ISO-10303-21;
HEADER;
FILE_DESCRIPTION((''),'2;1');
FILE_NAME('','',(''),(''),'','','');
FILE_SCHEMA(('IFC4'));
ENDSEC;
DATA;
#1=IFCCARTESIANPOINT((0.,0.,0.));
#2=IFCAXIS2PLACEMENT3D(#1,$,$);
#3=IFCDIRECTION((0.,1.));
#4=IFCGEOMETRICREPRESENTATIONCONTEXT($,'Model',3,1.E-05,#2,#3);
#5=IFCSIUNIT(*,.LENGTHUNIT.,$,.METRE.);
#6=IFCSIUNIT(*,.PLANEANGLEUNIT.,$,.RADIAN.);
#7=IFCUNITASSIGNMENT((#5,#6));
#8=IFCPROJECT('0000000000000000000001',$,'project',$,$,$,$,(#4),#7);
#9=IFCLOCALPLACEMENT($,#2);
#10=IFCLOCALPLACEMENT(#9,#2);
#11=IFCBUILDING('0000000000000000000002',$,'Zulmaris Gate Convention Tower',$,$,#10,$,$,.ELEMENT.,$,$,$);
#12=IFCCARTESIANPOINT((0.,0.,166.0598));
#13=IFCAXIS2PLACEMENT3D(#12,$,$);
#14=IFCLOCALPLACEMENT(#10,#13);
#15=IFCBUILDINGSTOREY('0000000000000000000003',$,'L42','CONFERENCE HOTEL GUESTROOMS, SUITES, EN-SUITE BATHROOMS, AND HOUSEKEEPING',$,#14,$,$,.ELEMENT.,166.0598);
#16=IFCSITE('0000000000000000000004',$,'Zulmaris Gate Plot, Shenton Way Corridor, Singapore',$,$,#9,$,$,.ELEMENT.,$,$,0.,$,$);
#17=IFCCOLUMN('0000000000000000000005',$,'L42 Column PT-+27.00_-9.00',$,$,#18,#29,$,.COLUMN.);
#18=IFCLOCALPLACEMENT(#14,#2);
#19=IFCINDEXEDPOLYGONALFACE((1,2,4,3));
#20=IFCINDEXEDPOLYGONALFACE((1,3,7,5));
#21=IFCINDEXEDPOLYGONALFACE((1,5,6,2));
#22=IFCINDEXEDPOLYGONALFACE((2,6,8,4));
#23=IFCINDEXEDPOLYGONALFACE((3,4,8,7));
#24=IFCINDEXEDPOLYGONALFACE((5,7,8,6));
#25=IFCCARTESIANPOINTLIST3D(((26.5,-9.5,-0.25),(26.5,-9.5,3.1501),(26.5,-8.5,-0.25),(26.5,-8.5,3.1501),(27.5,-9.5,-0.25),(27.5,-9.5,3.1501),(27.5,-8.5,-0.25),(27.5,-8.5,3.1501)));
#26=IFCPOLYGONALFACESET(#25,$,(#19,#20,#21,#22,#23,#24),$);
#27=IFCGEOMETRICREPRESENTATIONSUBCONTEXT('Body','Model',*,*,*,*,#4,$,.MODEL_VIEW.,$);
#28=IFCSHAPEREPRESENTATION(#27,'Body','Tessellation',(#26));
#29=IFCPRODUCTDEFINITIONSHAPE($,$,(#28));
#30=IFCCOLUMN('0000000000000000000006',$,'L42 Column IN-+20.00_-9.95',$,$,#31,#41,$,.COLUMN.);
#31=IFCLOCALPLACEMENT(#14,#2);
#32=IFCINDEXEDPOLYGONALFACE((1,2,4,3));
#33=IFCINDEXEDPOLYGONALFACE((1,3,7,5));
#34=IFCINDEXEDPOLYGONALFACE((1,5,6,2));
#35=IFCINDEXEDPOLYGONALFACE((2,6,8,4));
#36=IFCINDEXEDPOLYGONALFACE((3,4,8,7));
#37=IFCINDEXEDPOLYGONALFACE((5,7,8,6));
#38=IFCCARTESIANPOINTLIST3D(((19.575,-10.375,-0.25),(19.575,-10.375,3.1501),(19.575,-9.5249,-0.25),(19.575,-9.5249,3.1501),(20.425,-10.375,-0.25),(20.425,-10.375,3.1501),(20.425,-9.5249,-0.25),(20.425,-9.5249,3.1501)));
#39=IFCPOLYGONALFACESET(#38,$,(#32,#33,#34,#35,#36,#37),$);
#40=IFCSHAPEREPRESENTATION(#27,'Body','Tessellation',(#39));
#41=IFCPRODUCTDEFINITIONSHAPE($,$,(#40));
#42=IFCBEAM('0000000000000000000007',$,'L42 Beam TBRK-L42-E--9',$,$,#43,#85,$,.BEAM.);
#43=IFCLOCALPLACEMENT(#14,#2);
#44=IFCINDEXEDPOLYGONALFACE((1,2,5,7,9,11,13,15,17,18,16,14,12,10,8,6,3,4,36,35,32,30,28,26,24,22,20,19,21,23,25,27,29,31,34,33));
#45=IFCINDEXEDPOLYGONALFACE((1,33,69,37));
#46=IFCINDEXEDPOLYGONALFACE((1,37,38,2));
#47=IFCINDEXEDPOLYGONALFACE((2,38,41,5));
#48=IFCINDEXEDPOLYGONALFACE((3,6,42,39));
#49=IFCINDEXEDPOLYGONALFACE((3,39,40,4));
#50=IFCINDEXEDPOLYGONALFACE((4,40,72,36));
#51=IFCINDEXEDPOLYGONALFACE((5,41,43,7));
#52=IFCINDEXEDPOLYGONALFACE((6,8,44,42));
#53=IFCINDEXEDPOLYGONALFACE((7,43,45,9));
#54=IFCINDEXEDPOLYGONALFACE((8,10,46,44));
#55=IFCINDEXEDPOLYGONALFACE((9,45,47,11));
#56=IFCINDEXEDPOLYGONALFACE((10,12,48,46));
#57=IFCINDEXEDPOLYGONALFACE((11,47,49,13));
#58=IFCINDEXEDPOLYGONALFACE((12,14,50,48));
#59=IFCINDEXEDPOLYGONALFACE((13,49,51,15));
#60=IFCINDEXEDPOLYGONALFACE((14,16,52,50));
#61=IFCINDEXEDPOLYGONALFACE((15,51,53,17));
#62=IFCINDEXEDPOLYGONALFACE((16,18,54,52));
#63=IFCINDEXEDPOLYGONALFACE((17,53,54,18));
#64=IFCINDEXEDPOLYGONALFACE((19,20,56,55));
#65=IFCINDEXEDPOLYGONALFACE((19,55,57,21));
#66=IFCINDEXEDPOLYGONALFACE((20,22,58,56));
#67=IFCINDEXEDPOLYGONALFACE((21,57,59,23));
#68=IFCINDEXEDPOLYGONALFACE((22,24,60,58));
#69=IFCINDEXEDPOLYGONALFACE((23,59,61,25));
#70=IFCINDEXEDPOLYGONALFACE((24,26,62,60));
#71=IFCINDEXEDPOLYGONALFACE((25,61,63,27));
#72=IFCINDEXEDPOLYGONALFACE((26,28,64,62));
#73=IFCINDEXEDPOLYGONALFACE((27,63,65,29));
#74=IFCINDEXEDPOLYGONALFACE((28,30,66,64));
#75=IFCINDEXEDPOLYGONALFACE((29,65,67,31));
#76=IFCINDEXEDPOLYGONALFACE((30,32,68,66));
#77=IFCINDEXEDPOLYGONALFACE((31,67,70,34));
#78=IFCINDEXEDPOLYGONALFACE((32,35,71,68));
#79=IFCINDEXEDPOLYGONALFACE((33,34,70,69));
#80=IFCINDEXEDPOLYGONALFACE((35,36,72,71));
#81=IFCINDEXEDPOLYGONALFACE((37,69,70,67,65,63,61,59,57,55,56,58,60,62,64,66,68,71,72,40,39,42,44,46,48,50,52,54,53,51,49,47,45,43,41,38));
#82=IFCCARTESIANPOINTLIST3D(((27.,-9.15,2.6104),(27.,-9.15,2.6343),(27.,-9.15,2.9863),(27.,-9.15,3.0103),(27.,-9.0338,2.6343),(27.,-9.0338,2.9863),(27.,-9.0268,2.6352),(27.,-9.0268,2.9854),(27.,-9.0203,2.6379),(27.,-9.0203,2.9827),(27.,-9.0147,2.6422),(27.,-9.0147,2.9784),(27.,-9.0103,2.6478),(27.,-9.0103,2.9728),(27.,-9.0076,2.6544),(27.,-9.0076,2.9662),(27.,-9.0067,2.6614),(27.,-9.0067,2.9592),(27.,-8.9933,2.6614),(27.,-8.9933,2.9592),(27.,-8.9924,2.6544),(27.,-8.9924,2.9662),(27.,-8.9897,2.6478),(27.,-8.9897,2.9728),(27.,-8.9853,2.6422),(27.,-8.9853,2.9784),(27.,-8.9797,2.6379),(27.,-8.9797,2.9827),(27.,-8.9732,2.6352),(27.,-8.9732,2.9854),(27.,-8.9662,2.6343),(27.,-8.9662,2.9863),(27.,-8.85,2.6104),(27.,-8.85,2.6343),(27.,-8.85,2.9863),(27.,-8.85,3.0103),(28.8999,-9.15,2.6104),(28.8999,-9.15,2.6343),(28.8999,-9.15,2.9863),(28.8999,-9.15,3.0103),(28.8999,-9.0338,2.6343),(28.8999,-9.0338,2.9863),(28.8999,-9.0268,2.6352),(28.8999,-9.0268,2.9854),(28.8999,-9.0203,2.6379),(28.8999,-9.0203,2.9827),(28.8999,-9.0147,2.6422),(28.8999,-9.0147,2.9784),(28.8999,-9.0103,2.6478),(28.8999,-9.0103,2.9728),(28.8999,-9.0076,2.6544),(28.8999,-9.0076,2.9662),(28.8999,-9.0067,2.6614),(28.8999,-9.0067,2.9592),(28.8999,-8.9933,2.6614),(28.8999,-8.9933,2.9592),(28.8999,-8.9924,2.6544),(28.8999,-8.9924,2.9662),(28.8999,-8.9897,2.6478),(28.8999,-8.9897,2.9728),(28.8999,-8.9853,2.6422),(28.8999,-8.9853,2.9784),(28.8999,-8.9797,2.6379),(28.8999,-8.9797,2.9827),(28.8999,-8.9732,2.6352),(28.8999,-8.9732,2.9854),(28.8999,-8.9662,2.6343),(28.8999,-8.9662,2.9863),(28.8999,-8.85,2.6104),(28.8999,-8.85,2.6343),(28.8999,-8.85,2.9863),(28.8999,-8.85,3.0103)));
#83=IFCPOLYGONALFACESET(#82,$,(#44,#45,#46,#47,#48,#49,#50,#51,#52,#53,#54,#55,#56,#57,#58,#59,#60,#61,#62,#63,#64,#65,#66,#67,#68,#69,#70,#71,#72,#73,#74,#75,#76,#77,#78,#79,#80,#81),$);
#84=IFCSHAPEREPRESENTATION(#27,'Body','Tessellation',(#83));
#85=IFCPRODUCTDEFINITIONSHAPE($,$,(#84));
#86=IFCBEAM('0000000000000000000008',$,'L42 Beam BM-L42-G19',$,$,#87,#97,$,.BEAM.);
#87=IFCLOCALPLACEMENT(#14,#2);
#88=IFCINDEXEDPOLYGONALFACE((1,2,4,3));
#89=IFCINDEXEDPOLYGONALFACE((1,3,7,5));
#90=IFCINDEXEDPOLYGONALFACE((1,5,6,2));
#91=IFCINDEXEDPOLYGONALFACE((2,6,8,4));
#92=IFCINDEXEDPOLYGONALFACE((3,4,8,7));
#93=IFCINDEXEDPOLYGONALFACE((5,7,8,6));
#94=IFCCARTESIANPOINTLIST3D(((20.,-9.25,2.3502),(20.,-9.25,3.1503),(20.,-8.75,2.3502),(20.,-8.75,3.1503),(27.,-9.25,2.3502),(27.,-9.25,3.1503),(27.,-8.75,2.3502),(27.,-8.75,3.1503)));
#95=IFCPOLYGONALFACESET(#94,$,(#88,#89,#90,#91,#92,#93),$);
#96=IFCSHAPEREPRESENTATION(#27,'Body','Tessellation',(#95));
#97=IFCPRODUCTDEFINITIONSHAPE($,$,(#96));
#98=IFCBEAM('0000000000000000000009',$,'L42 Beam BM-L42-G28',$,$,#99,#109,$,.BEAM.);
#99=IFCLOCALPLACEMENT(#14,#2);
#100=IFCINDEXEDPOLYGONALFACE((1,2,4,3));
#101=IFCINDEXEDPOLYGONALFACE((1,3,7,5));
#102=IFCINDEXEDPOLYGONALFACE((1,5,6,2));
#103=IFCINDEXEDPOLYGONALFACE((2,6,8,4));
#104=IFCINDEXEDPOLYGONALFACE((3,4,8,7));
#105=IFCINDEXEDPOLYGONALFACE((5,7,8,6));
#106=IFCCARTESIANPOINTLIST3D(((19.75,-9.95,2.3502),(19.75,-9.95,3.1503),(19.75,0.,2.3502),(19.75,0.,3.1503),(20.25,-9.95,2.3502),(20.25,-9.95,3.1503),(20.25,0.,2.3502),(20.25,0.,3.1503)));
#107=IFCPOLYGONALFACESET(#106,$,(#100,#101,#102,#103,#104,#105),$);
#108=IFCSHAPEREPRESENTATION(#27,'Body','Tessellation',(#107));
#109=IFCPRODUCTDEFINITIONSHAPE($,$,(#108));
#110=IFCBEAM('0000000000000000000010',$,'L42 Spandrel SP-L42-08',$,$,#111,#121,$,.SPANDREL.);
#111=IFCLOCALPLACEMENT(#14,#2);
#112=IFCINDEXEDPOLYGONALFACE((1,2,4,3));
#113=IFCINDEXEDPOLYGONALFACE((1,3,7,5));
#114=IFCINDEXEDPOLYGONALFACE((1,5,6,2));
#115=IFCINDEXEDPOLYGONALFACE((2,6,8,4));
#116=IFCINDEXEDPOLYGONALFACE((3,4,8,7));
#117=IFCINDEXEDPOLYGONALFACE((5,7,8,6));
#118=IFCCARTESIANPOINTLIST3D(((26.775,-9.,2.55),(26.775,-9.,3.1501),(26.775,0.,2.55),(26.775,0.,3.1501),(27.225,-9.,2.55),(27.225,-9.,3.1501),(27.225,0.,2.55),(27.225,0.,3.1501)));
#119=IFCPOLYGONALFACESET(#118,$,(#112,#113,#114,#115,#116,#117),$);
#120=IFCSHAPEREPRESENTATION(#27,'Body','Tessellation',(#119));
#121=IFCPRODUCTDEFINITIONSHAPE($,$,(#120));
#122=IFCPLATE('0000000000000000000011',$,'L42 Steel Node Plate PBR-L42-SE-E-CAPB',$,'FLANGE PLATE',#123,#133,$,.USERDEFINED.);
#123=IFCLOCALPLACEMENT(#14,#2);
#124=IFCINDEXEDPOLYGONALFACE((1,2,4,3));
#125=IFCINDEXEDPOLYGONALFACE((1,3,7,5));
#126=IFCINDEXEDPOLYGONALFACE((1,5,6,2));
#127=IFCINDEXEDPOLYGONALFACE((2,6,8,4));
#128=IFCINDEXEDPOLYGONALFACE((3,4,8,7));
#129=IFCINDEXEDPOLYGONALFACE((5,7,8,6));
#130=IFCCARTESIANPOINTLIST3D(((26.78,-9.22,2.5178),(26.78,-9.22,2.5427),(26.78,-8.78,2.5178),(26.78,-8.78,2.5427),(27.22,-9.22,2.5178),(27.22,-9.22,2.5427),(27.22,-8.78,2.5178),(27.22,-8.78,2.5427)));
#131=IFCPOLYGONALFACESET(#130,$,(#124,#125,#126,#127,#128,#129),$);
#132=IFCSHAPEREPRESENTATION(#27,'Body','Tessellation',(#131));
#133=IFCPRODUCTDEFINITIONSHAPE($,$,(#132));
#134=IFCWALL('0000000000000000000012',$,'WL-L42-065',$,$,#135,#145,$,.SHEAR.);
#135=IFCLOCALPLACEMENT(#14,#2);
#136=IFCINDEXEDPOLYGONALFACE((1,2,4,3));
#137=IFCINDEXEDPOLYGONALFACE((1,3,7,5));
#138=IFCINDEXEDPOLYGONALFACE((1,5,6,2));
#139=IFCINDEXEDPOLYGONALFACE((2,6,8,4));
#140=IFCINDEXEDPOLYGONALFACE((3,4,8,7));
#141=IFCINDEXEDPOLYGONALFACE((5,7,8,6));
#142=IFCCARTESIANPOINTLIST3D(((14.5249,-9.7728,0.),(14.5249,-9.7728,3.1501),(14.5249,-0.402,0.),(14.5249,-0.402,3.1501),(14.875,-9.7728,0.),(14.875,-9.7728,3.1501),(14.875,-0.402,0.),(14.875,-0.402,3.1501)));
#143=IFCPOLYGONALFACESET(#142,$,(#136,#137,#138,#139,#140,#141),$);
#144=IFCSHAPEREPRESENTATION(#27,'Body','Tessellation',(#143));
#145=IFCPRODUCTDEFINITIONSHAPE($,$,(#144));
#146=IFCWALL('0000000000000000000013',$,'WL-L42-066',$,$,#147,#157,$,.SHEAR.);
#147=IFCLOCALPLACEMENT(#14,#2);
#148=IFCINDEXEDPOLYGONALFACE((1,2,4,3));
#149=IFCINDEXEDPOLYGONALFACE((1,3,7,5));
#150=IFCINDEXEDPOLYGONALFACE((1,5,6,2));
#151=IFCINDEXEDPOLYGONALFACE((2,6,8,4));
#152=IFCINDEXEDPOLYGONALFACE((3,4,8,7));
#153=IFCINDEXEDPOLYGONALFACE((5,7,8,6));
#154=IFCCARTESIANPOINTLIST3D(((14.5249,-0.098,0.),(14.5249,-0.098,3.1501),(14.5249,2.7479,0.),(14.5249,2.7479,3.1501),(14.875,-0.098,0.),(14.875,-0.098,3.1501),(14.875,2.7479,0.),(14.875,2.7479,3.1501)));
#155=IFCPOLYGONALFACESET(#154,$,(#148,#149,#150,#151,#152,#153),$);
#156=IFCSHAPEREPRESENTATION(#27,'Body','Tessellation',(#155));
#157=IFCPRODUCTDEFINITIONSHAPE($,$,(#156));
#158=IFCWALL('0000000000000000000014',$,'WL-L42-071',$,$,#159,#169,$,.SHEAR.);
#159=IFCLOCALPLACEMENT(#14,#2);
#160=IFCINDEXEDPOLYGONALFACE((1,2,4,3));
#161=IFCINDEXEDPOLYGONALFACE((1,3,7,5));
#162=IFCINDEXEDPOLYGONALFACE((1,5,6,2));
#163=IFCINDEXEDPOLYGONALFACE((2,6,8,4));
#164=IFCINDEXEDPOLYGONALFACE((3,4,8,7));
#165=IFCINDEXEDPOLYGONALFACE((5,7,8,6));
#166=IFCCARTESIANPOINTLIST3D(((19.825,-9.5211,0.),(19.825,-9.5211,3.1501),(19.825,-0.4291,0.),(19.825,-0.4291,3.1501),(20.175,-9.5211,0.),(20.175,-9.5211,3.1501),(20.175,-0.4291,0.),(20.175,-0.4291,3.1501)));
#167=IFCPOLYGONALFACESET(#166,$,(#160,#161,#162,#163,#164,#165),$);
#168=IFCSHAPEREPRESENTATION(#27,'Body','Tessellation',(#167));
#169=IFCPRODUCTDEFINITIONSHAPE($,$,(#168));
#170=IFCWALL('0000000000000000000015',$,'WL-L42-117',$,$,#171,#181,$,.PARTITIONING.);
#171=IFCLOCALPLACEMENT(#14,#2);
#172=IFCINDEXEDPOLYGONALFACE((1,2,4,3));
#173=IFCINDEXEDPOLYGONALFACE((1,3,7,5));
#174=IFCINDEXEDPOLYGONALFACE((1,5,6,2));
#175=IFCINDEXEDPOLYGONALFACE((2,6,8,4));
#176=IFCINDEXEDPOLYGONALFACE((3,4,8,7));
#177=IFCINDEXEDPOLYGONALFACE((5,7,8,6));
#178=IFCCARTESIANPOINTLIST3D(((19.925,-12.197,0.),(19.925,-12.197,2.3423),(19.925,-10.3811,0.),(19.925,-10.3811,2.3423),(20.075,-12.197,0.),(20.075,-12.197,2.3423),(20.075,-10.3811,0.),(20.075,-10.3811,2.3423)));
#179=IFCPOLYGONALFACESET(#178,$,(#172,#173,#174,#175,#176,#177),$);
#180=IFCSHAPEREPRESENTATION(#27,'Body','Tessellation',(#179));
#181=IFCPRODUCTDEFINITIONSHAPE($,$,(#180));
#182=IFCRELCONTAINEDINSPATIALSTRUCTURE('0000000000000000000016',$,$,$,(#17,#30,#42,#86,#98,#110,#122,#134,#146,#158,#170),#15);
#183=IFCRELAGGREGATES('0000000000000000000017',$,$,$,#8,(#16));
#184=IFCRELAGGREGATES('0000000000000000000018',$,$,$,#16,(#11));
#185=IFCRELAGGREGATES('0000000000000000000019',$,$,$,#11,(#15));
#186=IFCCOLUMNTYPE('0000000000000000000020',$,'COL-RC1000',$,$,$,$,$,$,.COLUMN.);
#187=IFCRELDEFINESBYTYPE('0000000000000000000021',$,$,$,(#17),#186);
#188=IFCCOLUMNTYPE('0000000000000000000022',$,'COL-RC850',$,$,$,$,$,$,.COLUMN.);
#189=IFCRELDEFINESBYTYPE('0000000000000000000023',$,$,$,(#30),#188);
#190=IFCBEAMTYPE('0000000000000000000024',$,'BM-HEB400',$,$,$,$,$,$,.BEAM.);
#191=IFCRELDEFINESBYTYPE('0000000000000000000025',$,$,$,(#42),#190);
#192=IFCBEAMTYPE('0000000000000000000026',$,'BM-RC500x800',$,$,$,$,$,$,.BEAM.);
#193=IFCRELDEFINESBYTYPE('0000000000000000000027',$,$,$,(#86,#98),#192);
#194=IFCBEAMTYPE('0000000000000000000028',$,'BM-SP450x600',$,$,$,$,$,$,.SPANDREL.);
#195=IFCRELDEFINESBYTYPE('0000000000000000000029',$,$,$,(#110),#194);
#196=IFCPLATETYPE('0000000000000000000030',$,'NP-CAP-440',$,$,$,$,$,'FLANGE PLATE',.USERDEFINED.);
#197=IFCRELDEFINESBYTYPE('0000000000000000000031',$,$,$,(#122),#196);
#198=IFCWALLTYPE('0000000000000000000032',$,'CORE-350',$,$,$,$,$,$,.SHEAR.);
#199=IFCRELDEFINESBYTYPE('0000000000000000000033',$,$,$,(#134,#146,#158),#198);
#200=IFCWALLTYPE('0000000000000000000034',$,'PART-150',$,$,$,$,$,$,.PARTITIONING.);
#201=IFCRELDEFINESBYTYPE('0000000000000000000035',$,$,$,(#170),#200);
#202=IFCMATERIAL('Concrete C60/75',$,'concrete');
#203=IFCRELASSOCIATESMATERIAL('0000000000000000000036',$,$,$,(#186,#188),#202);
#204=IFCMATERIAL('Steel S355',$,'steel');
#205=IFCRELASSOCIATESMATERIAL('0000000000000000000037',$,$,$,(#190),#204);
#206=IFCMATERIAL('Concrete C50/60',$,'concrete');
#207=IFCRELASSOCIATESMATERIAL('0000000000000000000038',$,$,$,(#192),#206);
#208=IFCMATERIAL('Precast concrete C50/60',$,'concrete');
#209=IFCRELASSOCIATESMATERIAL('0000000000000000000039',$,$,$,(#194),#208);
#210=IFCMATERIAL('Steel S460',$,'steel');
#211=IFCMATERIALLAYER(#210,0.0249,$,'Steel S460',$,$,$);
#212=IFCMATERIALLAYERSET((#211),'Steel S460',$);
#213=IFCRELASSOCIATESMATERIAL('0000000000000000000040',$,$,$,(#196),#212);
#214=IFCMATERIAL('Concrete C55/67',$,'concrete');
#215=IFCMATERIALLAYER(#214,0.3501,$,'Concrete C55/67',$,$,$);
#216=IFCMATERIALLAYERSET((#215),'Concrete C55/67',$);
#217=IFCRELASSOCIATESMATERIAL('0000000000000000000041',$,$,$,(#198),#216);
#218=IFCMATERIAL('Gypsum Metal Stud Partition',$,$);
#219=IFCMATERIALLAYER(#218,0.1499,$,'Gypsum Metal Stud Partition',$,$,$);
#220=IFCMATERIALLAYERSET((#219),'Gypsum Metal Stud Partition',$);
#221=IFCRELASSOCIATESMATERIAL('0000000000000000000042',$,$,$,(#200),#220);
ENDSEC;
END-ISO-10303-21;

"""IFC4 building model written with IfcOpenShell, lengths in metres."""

from ifc_helpers import new_model, si_unit, direction, frame, frame_2d, origin, origin_2d, place, context, subcontext, project, spatial, rectangle, i_section, extrude, material, layer, layer_set, material_profile, profile_set, type_object, element, save


model = new_model("IFC4")

# Units and contexts
model_context = context("Model", 3, precision=1e-05, world=origin(), true_north=direction((0.0, 1.0)))
body_context = subcontext(model_context, "Body", "Model", "MODEL_VIEW")
ifc_project = project(units=[si_unit("LENGTHUNIT", "METRE"), si_unit("PLANEANGLEUNIT", "RADIAN")], contexts=[model_context])

# Site, building, storey
site_placement = place(None, origin())
site = spatial("IfcSite", under=ifc_project, at=site_placement, Name="Zulmaris Gate Plot, Shenton Way Corridor, Singapore", CompositionType="ELEMENT", RefElevation=0.0)
building_placement = place(site_placement, origin())
building = spatial("IfcBuilding", under=site, at=building_placement, Name="Zulmaris Gate Convention Tower", CompositionType="ELEMENT")
storey_placement = place(building_placement, frame((0.0, 0.0, 166.0598)))
storey = spatial("IfcBuildingStorey", under=building, at=storey_placement, Name="L42", Description="CONFERENCE HOTEL GUESTROOMS, SUITES, EN-SUITE BATHROOMS, AND HOUSEKEEPING", CompositionType="ELEMENT", Elevation=166.0598)

# Columns
ifc_material_1 = material(Name="Concrete C60/75", Category="concrete")
ifc_material_profile_1 = material_profile(ifc_material_1, rectangle(XDim=1.0, YDim=1.0, at=origin_2d()), Name="RC COL 1000x1000")
ifc_profile_set_1 = profile_set([ifc_material_profile_1], Name="Concrete C60/75")
column_type_1 = type_object("IfcColumnType", Name="COL-RC1000", PredefinedType="COLUMN", material=ifc_profile_set_1)
column_1_placement = place(storey_placement, frame((27.0, -9.0, -0.25), z_axis=(0.0, 0.0, 1.0), x_axis=(1.0, 0.0, 0.0)))
element("IfcColumn", 1, at=column_1_placement, inside=storey, type_object=column_type_1, Name="L42 Column PT-+27.00_-9.00", PredefinedType="COLUMN", context=body_context, shape_type="SweptSolid", body=[
    extrude(rectangle(XDim=1.0, YDim=1.0, at=origin_2d()), origin(), (0.0, 0.0, 1.0), 3.4001),
])
ifc_material_profile_2 = material_profile(ifc_material_1, rectangle(XDim=0.8501, YDim=0.8501, at=origin_2d()), Name="RC COL 850x850")
ifc_profile_set_2 = profile_set([ifc_material_profile_2], Name="Concrete C60/75")
column_type_2 = type_object("IfcColumnType", Name="COL-RC850", PredefinedType="COLUMN", material=ifc_profile_set_2)
column_2_placement = place(storey_placement, frame((20.0, -9.95, -0.25), z_axis=(0.0, 0.0, 1.0), x_axis=(1.0, 0.0, 0.0)))
element("IfcColumn", 2, at=column_2_placement, inside=storey, type_object=column_type_2, Name="L42 Column IN-+20.00_-9.95", PredefinedType="COLUMN", context=body_context, shape_type="SweptSolid", body=[
    extrude(rectangle(XDim=0.8501, YDim=0.8501, at=origin_2d()), origin(), (0.0, 0.0, 1.0), 3.4001),
])

# Beams
ifc_material_2 = material(Name="Steel S355", Category="steel")
ifc_material_profile_3 = material_profile(ifc_material_2, i_section(OverallWidth=0.3, OverallDepth=0.3999, WebThickness=0.0134, FlangeThickness=0.0239, FilletRadius=0.0271, at=origin_2d()), Name="HEB 400")
ifc_profile_set_3 = profile_set([ifc_material_profile_3], Name="Steel S355")
beam_type_1 = type_object("IfcBeamType", Name="BM-HEB400", PredefinedType="BEAM", material=ifc_profile_set_3)
beam_1_placement = place(storey_placement, frame((27.0, -9.0, 2.8103), z_axis=(1.0, 0.0, 0.0), x_axis=(0.0, 1.0, 0.0)))
element("IfcBeam", 3, at=beam_1_placement, inside=storey, type_object=beam_type_1, Name="L42 Beam TBRK-L42-E--9", PredefinedType="BEAM", context=body_context, shape_type="SweptSolid", body=[
    extrude(i_section(OverallWidth=0.3, OverallDepth=0.3999, WebThickness=0.0134, FlangeThickness=0.0239, FilletRadius=0.0271, at=origin_2d()), origin(), (0.0, 0.0, 1.0), 1.8999),
])
ifc_material_3 = material(Name="Concrete C50/60", Category="concrete")
ifc_material_profile_4 = material_profile(ifc_material_3, rectangle(XDim=0.5, YDim=0.8, at=origin_2d()), Name="RC BEAM 500x800")
ifc_profile_set_4 = profile_set([ifc_material_profile_4], Name="Concrete C50/60")
beam_type_2 = type_object("IfcBeamType", Name="BM-RC500x800", PredefinedType="BEAM", material=ifc_profile_set_4)
beam_2_placement = place(storey_placement, frame((20.0, -9.0, 2.7502), z_axis=(1.0, 0.0, 0.0), x_axis=(0.0, 1.0, 0.0)))
element("IfcBeam", 4, at=beam_2_placement, inside=storey, type_object=beam_type_2, Name="L42 Beam BM-L42-G19", PredefinedType="BEAM", context=body_context, shape_type="SweptSolid", body=[
    extrude(rectangle(XDim=0.5, YDim=0.8, at=origin_2d()), origin(), (0.0, 0.0, 1.0), 7.0),
])
beam_3_placement = place(storey_placement, frame((20.0, -9.95, 2.7502), z_axis=(0.0, 1.0, 0.0), x_axis=(-1.0, 0.0, 0.0)))
element("IfcBeam", 5, at=beam_3_placement, inside=storey, type_object=beam_type_2, Name="L42 Beam BM-L42-G28", PredefinedType="BEAM", context=body_context, shape_type="SweptSolid", body=[
    extrude(rectangle(XDim=0.5, YDim=0.8, at=origin_2d()), origin(), (0.0, 0.0, 1.0), 9.95),
])
ifc_material_4 = material(Name="Precast concrete C50/60", Category="concrete")
ifc_material_profile_5 = material_profile(ifc_material_4, rectangle(XDim=0.45, YDim=0.6001, at=origin_2d()), Name="RC SPANDREL 450x600")
ifc_profile_set_5 = profile_set([ifc_material_profile_5], Name="Precast concrete C50/60")
beam_type_3 = type_object("IfcBeamType", Name="BM-SP450x600", PredefinedType="SPANDREL", material=ifc_profile_set_5)
beam_4_placement = place(storey_placement, frame((27.0, -9.0, 2.8501), z_axis=(0.0, 1.0, 0.0), x_axis=(-1.0, 0.0, 0.0)))
element("IfcBeam", 6, at=beam_4_placement, inside=storey, type_object=beam_type_3, Name="L42 Spandrel SP-L42-08", PredefinedType="SPANDREL", context=body_context, shape_type="SweptSolid", body=[
    extrude(rectangle(XDim=0.45, YDim=0.6001, at=origin_2d()), origin(), (0.0, 0.0, 1.0), 9.0),
])

# Plate
ifc_material_5 = material(Name="Steel S460", Category="steel")
ifc_layer_1 = layer(ifc_material_5, 0.0249, Name="Steel S460")
ifc_layer_set_1 = layer_set([ifc_layer_1], Name="Steel S460")
plate_type = type_object("IfcPlateType", Name="NP-CAP-440", ElementType="FLANGE PLATE", PredefinedType="USERDEFINED", material=ifc_layer_set_1)
plate_placement = place(storey_placement, frame((27.0, -9.0, 2.5178), z_axis=(0.0, 0.0, 1.0), x_axis=(1.0, 0.0, 0.0)))
element("IfcPlate", 7, at=plate_placement, inside=storey, type_object=plate_type, Name="L42 Steel Node Plate PBR-L42-SE-E-CAPB", ObjectType="FLANGE PLATE", PredefinedType="USERDEFINED", context=body_context, shape_type="SweptSolid", body=[
    extrude(rectangle(XDim=0.4399, YDim=0.4399, at=origin_2d()), origin(), (0.0, 0.0, 1.0), 0.0249),
])

# Shared definitions
ifc_material_6 = material(Name="Concrete C55/67", Category="concrete")
ifc_layer_2 = layer(ifc_material_6, 0.3501, Name="Concrete C55/67")
ifc_layer_set_2 = layer_set([ifc_layer_2], Name="Concrete C55/67")
wall_type_1 = type_object("IfcWallType", Name="CORE-350", PredefinedType="SHEAR", material=ifc_layer_set_2)

# Walls
wall_1_placement = place(storey_placement, frame((14.7, -9.7729, 0.0), z_axis=(0.0, 0.0, 1.0), x_axis=(0.0, 1.0, 0.0)))
element("IfcWall", 8, at=wall_1_placement, inside=storey, type_object=wall_type_1, Name="WL-L42-065", PredefinedType="SHEAR", context=body_context, shape_type="SweptSolid", body=[
    extrude(rectangle(XDim=9.3708, YDim=0.3501, at=frame_2d((4.6855, 0.0))), origin(), (0.0, 0.0, 1.0), 3.1501),
])
wall_2_placement = place(storey_placement, frame((14.7, -0.0979, 0.0), z_axis=(0.0, 0.0, 1.0), x_axis=(0.0, 1.0, 0.0)))
element("IfcWall", 9, at=wall_2_placement, inside=storey, type_object=wall_type_1, Name="WL-L42-066", PredefinedType="SHEAR", context=body_context, shape_type="SweptSolid", body=[
    extrude(rectangle(XDim=2.8459, YDim=0.3501, at=frame_2d((1.4229, 0.0))), origin(), (0.0, 0.0, 1.0), 3.1501),
])
wall_3_placement = place(storey_placement, frame((20.0, -9.521, 0.0), z_axis=(0.0, 0.0, 1.0), x_axis=(0.0, 1.0, 0.0)))
element("IfcWall", 10, at=wall_3_placement, inside=storey, type_object=wall_type_1, Name="WL-L42-071", PredefinedType="SHEAR", context=body_context, shape_type="SweptSolid", body=[
    extrude(rectangle(XDim=9.092, YDim=0.3501, at=frame_2d((4.5459, 0.0))), origin(), (0.0, 0.0, 1.0), 3.1501),
])
ifc_material_7 = material(Name="Gypsum Metal Stud Partition")
ifc_layer_3 = layer(ifc_material_7, 0.1499, Name="Gypsum Metal Stud Partition")
ifc_layer_set_3 = layer_set([ifc_layer_3], Name="Gypsum Metal Stud Partition")
wall_type_2 = type_object("IfcWallType", Name="PART-150", PredefinedType="PARTITIONING", material=ifc_layer_set_3)
wall_4_placement = place(storey_placement, frame((20.0, -12.197, 0.0), z_axis=(0.0, 0.0, 1.0), x_axis=(0.0, 1.0, 0.0)))
element("IfcWall", 11, at=wall_4_placement, inside=storey, type_object=wall_type_2, Name="WL-L42-117", PredefinedType="PARTITIONING", context=body_context, shape_type="SweptSolid", body=[
    extrude(rectangle(XDim=1.8159, YDim=0.1499, at=frame_2d((0.908, 0.0))), origin(), (0.0, 0.0, 1.0), 2.3423),
])

save(model, "model.ifc")
